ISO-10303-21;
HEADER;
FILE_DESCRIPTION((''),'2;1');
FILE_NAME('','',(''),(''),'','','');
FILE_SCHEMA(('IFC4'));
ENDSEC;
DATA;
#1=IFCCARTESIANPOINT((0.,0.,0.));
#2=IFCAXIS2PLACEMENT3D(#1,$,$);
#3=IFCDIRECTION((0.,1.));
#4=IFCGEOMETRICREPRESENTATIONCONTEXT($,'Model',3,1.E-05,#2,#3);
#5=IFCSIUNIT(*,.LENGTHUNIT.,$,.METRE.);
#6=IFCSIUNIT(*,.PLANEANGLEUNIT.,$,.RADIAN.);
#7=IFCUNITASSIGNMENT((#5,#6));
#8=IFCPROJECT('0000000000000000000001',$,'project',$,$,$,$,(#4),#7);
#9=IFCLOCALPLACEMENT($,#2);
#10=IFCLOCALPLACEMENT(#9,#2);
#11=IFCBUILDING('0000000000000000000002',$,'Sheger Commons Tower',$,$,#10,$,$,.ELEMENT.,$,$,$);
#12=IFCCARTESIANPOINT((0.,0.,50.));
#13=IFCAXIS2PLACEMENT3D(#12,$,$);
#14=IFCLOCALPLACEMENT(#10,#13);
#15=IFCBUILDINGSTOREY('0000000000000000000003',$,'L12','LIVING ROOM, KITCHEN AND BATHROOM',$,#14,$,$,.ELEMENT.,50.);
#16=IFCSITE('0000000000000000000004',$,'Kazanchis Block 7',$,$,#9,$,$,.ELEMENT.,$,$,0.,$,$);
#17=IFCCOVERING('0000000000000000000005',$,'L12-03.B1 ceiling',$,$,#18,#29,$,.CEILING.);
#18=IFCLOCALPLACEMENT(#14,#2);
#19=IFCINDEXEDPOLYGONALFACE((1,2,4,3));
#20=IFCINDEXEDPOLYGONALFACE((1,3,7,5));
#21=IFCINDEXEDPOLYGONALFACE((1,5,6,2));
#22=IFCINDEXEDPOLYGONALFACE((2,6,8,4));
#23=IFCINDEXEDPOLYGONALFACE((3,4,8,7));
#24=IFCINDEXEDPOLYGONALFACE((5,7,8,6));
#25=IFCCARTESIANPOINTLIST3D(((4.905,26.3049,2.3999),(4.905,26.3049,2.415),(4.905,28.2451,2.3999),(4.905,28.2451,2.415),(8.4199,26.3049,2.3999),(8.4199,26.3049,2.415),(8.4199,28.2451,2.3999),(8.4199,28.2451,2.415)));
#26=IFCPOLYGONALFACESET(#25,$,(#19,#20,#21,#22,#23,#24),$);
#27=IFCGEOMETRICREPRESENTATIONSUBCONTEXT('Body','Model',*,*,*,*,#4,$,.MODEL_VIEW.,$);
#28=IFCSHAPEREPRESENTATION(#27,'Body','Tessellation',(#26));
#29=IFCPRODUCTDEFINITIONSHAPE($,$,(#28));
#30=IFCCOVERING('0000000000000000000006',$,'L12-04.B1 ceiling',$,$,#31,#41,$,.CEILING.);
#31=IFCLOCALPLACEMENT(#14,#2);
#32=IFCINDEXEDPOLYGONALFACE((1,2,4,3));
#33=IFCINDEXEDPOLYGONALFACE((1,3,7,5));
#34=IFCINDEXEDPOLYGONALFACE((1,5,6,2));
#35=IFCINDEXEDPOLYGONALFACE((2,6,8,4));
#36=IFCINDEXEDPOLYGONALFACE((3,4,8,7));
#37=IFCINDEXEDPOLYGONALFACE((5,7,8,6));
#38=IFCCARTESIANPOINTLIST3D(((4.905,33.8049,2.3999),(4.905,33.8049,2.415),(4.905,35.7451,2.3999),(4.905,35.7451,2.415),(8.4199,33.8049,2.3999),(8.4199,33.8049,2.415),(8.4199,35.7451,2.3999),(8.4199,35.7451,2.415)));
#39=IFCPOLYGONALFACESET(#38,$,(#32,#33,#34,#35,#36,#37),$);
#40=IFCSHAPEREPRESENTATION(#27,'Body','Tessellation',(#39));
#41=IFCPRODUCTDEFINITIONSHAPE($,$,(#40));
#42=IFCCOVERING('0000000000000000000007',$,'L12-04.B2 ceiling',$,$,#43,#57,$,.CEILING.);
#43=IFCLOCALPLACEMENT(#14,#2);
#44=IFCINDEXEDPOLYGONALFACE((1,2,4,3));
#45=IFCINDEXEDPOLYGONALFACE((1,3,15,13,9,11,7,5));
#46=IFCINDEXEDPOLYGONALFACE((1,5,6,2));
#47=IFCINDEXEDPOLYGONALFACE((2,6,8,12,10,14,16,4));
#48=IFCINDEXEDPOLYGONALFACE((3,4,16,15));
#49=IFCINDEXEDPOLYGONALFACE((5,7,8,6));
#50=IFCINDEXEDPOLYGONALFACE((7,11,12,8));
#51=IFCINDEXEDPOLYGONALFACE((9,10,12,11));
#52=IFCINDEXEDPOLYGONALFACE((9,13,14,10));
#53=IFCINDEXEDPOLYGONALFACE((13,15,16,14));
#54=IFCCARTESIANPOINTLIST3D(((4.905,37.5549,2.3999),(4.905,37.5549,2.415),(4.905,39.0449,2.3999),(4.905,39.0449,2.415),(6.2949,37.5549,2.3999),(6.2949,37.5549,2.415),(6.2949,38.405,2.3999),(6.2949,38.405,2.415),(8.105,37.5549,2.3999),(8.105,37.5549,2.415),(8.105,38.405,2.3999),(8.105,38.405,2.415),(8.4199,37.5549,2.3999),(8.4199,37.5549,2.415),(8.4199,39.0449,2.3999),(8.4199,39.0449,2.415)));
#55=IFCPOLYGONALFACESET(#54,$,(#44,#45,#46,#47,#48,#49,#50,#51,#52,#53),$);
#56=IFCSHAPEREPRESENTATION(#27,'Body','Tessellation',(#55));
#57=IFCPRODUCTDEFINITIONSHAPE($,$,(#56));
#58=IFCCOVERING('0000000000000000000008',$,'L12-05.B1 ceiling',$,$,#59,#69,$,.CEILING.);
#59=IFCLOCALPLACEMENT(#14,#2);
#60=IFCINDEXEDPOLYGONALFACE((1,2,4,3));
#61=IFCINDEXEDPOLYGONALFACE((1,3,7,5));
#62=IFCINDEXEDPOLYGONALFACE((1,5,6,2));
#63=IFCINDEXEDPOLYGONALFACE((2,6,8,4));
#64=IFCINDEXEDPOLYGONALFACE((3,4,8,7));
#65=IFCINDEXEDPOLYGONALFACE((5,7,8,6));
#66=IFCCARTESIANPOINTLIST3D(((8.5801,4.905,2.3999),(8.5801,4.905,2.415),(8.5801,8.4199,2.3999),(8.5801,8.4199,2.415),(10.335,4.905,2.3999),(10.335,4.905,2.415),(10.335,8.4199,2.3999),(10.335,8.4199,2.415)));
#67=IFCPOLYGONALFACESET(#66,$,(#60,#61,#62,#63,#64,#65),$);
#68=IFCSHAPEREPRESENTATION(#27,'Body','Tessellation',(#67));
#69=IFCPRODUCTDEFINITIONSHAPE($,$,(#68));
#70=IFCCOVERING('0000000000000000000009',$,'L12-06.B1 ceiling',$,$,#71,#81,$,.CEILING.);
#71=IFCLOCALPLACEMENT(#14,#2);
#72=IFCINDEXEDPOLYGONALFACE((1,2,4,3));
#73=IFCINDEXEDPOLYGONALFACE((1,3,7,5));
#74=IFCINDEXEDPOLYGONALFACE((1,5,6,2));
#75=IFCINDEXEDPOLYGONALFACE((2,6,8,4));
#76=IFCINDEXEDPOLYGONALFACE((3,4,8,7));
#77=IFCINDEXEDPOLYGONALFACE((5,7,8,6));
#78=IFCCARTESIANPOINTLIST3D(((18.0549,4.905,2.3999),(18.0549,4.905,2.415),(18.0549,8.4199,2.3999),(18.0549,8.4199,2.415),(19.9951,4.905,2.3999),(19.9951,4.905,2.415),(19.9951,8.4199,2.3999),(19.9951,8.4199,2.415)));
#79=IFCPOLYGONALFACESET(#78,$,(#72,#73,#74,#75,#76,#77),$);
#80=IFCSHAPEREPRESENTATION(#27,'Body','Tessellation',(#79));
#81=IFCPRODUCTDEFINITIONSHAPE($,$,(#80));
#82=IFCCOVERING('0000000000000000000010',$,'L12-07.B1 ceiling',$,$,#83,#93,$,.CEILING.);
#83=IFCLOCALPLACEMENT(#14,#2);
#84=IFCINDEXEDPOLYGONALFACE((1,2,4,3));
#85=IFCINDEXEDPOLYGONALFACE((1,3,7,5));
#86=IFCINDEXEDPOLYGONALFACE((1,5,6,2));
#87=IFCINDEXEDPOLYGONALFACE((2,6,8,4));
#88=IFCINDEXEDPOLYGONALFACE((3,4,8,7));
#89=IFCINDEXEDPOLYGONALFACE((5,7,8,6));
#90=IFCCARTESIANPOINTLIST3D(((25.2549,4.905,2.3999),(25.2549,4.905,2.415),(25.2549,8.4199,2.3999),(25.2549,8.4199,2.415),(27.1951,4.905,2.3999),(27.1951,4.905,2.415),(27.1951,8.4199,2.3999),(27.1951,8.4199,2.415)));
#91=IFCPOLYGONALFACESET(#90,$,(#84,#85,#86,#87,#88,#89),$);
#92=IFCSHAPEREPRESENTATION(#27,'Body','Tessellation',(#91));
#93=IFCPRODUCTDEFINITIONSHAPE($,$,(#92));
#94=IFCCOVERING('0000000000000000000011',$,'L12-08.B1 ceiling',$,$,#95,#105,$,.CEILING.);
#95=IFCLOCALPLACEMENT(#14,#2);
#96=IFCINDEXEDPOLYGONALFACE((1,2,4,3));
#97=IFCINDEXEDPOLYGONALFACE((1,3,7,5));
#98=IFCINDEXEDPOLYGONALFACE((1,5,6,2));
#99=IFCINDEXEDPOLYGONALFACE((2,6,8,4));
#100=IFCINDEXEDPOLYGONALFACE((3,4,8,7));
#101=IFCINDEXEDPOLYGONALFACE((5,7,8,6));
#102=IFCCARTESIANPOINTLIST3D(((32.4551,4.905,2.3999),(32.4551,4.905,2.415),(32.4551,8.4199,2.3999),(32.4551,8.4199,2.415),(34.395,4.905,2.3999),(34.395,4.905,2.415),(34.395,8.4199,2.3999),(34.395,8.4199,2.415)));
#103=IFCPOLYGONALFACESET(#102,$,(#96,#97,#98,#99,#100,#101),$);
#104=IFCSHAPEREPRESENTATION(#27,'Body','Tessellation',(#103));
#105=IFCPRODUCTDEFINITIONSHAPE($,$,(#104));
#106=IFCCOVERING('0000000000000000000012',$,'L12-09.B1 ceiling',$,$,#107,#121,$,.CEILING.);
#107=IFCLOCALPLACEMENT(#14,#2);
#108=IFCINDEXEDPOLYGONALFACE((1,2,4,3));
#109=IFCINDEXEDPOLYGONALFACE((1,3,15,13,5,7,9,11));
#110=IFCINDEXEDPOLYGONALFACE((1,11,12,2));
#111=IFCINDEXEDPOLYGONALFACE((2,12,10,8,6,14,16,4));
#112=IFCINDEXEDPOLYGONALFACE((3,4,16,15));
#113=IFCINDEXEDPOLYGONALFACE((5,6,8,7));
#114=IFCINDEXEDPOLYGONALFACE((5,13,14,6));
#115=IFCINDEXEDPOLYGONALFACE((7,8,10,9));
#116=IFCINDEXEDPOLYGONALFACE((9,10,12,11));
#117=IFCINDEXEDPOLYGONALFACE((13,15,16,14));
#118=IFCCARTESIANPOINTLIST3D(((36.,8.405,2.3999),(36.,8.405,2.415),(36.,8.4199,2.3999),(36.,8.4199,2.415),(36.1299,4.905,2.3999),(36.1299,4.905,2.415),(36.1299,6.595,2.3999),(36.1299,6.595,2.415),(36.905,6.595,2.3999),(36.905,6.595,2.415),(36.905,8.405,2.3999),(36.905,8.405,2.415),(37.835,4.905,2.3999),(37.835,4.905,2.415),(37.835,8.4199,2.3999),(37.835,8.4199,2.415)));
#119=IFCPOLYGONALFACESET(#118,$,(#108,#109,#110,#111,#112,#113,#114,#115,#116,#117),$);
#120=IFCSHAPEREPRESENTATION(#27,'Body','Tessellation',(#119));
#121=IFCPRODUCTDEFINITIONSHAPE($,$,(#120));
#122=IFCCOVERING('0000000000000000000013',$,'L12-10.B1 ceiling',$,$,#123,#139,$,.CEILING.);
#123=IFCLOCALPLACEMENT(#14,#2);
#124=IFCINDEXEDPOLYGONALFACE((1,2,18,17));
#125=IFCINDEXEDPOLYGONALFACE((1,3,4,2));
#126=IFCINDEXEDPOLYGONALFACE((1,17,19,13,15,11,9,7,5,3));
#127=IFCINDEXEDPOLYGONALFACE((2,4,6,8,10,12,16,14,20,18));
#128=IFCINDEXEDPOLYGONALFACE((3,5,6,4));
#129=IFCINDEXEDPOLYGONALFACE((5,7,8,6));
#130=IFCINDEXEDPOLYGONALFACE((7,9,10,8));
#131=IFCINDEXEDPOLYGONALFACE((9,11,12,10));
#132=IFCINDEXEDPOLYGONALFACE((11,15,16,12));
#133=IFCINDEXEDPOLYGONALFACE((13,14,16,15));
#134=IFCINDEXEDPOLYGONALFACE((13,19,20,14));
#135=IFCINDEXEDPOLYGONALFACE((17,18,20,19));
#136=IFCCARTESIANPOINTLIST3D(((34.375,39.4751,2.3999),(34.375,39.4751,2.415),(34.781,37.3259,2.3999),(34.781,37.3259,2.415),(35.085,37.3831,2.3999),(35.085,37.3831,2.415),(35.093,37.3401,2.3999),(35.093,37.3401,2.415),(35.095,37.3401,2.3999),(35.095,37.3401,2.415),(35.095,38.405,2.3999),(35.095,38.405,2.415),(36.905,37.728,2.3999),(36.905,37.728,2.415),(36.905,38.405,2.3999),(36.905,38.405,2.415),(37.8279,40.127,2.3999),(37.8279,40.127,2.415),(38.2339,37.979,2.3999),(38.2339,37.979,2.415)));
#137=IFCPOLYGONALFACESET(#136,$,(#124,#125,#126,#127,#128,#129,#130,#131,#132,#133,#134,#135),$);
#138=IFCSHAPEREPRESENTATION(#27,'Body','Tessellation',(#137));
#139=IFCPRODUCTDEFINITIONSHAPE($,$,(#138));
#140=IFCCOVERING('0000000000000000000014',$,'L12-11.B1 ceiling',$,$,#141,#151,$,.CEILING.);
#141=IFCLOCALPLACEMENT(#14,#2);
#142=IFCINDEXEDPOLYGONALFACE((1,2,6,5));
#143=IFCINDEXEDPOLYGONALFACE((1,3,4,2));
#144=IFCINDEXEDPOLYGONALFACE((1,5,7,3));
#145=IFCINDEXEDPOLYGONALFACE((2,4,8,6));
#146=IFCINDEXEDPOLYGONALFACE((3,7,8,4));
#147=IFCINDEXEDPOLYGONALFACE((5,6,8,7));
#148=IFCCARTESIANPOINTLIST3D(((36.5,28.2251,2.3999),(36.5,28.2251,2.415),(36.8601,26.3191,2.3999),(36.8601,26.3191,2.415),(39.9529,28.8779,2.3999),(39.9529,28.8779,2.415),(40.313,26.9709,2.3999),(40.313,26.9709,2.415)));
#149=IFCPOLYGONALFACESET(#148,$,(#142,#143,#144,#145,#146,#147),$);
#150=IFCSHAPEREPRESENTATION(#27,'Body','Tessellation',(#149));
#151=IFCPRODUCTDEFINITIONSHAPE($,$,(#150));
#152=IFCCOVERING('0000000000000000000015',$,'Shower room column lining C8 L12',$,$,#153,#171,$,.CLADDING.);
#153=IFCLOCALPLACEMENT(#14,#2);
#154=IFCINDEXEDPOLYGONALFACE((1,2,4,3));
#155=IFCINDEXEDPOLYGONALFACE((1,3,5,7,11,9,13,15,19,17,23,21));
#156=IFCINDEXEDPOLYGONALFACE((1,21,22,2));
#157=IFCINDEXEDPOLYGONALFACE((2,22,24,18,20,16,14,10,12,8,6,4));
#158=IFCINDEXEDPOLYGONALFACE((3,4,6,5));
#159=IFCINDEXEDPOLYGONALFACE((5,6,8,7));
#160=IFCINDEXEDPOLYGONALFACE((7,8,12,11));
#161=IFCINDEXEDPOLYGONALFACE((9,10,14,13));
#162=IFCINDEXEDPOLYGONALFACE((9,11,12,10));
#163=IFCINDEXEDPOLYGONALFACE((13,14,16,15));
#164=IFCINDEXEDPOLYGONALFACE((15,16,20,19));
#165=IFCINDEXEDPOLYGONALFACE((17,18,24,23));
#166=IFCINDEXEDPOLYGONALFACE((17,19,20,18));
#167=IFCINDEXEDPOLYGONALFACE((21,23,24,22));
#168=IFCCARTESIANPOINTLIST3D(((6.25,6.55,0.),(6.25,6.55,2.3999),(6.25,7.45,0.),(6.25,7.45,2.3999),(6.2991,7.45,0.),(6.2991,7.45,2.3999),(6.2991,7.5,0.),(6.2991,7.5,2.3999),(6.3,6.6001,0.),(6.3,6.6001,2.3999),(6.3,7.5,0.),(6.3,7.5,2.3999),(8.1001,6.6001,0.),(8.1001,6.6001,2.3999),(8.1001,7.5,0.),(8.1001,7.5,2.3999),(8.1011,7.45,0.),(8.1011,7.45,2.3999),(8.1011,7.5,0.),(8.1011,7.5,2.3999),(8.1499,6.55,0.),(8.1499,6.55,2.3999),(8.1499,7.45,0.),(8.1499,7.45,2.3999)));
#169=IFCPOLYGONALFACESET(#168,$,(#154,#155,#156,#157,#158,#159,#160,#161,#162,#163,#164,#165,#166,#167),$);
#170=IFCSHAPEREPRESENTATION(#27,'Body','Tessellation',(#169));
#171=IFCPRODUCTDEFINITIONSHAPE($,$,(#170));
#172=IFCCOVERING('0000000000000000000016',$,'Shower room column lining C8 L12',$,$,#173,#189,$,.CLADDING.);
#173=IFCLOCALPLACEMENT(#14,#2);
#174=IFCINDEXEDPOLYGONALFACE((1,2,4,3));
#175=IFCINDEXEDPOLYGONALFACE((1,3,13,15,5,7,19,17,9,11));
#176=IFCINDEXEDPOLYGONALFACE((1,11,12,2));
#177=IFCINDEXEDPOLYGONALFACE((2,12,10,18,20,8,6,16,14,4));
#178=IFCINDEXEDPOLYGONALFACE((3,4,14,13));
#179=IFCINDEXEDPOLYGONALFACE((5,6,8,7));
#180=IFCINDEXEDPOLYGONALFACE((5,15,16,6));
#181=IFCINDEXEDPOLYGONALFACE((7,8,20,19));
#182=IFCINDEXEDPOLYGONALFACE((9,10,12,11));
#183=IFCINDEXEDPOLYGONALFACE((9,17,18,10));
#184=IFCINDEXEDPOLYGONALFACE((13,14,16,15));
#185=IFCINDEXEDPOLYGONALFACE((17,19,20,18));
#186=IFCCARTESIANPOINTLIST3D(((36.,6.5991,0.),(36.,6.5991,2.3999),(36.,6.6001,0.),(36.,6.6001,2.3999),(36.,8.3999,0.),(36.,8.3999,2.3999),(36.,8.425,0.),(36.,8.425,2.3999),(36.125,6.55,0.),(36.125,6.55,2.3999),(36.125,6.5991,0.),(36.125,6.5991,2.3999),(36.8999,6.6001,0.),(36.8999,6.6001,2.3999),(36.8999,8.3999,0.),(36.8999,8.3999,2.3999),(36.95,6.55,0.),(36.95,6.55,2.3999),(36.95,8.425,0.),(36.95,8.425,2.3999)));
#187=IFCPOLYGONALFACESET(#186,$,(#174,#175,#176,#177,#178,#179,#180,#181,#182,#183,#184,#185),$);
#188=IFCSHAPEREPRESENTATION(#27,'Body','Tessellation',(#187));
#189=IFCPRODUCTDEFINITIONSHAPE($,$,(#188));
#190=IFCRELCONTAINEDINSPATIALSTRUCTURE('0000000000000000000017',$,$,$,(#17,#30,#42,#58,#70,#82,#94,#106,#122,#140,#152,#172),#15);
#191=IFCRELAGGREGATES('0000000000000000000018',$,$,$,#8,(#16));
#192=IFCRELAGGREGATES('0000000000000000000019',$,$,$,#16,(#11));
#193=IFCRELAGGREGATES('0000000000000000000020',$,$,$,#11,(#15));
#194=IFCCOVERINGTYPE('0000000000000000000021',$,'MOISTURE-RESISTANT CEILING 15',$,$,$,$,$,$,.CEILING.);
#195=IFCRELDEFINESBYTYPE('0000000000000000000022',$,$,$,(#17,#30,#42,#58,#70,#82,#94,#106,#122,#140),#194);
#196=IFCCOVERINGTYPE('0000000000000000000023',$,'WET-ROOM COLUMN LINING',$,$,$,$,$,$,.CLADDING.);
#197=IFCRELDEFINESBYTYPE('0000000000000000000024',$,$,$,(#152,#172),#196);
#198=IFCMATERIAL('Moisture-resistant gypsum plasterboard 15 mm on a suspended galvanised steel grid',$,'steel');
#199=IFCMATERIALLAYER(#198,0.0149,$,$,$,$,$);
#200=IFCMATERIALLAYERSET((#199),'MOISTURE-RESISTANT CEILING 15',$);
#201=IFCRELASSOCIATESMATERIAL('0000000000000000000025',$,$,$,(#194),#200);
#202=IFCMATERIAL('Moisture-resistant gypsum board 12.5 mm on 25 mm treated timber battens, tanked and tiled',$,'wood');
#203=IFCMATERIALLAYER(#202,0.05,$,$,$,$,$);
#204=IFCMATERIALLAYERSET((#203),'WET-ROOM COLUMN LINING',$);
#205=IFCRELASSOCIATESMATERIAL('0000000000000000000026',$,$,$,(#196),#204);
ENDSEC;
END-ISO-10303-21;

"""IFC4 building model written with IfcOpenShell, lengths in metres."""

from ifc_helpers import new_model, si_unit, direction, frame, origin, place, context, subcontext, project, spatial, polyline, outline, extrude, material, layer, layer_set, type_object, element, save


model = new_model("IFC4")

# Units and contexts
model_context = context("Model", 3, precision=1e-05, world=origin(), true_north=direction((0.0, 1.0)))
body_context = subcontext(model_context, "Body", "Model", "MODEL_VIEW")
ifc_project = project(units=[si_unit("LENGTHUNIT", "METRE"), si_unit("PLANEANGLEUNIT", "RADIAN")], contexts=[model_context])

# Site, building, storey
site_placement = place(None, origin())
site = spatial("IfcSite", under=ifc_project, at=site_placement, Name="Kazanchis Block 7", CompositionType="ELEMENT", RefElevation=0.0)
building_placement = place(site_placement, origin())
building = spatial("IfcBuilding", under=site, at=building_placement, Name="Sheger Commons Tower", CompositionType="ELEMENT")
storey_placement = place(building_placement, frame((0.0, 0.0, 50.0)))
storey = spatial("IfcBuildingStorey", under=building, at=storey_placement, Name="L12", Description="LIVING ROOM, KITCHEN AND BATHROOM", CompositionType="ELEMENT", Elevation=50.0)

# Coverings
ifc_material_1 = material(Name="Moisture-resistant gypsum plasterboard 15 mm on a suspended galvanised steel grid", Category="steel")
ifc_layer_1 = layer(ifc_material_1, 0.0149)
ifc_layer_set_1 = layer_set([ifc_layer_1], Name="MOISTURE-RESISTANT CEILING 15")
covering_type_1 = type_object("IfcCoveringType", Name="MOISTURE-RESISTANT CEILING 15", PredefinedType="CEILING", material=ifc_layer_set_1)
covering_1_placement = place(storey_placement, frame((0.0, 0.0, 2.3999)))
element("IfcCovering", 1, at=covering_1_placement, inside=storey, type_object=covering_type_1, Name="L12-03.B1 ceiling", PredefinedType="CEILING", context=body_context, shape_type="SweptSolid", body=[
    extrude(outline(polyline([(4.905, 26.3049), (8.4199, 26.3049), (8.4199, 28.2451), (4.905, 28.2451), (4.905, 26.3049)])), origin(), (0.0, 0.0, 1.0), 0.0151),
])
covering_2_placement = place(storey_placement, frame((0.0, 0.0, 2.3999)))
element("IfcCovering", 2, at=covering_2_placement, inside=storey, type_object=covering_type_1, Name="L12-04.B1 ceiling", PredefinedType="CEILING", context=body_context, shape_type="SweptSolid", body=[
    extrude(outline(polyline([(4.905, 33.8049), (8.4199, 33.8049), (8.4199, 35.7451), (4.905, 35.7451), (4.905, 33.8049)])), origin(), (0.0, 0.0, 1.0), 0.0151),
])
covering_3_placement = place(storey_placement, frame((0.0, 0.0, 2.3999)))
element("IfcCovering", 3, at=covering_3_placement, inside=storey, type_object=covering_type_1, Name="L12-04.B2 ceiling", PredefinedType="CEILING", context=body_context, shape_type="SweptSolid", body=[
    extrude(outline(polyline([(4.905, 37.5549), (6.2949, 37.5549), (6.2949, 38.405), (8.105, 38.405), (8.105, 37.5549), (8.4199, 37.5549), (8.4199, 39.0449), (4.905, 39.0449), (4.905, 37.5549)])), origin(), (0.0, 0.0, 1.0), 0.0151),
])
covering_4_placement = place(storey_placement, frame((0.0, 0.0, 2.3999)))
element("IfcCovering", 4, at=covering_4_placement, inside=storey, type_object=covering_type_1, Name="L12-05.B1 ceiling", PredefinedType="CEILING", context=body_context, shape_type="SweptSolid", body=[
    extrude(outline(polyline([(8.5801, 4.905), (10.335, 4.905), (10.335, 8.4199), (8.5801, 8.4199), (8.5801, 4.905)])), origin(), (0.0, 0.0, 1.0), 0.0151),
])
covering_5_placement = place(storey_placement, frame((0.0, 0.0, 2.3999)))
element("IfcCovering", 5, at=covering_5_placement, inside=storey, type_object=covering_type_1, Name="L12-06.B1 ceiling", PredefinedType="CEILING", context=body_context, shape_type="SweptSolid", body=[
    extrude(outline(polyline([(18.0549, 4.905), (19.9951, 4.905), (19.9951, 8.4199), (18.0549, 8.4199), (18.0549, 4.905)])), origin(), (0.0, 0.0, 1.0), 0.0151),
])
covering_6_placement = place(storey_placement, frame((0.0, 0.0, 2.3999)))
element("IfcCovering", 6, at=covering_6_placement, inside=storey, type_object=covering_type_1, Name="L12-07.B1 ceiling", PredefinedType="CEILING", context=body_context, shape_type="SweptSolid", body=[
    extrude(outline(polyline([(25.2549, 4.905), (27.1951, 4.905), (27.1951, 8.4199), (25.2549, 8.4199), (25.2549, 4.905)])), origin(), (0.0, 0.0, 1.0), 0.0151),
])
covering_7_placement = place(storey_placement, frame((0.0, 0.0, 2.3999)))
element("IfcCovering", 7, at=covering_7_placement, inside=storey, type_object=covering_type_1, Name="L12-08.B1 ceiling", PredefinedType="CEILING", context=body_context, shape_type="SweptSolid", body=[
    extrude(outline(polyline([(32.4551, 4.905), (34.395, 4.905), (34.395, 8.4199), (32.4551, 8.4199), (32.4551, 4.905)])), origin(), (0.0, 0.0, 1.0), 0.0151),
])
covering_8_placement = place(storey_placement, frame((0.0, 0.0, 2.3999)))
element("IfcCovering", 8, at=covering_8_placement, inside=storey, type_object=covering_type_1, Name="L12-09.B1 ceiling", PredefinedType="CEILING", context=body_context, shape_type="SweptSolid", body=[
    extrude(outline(polyline([(36.1299, 4.905), (37.835, 4.905), (37.835, 8.4199), (36.0, 8.4199), (36.0, 8.405), (36.905, 8.405), (36.905, 6.595), (36.1299, 6.595), (36.1299, 4.905)])), origin(), (0.0, 0.0, 1.0), 0.0151),
])
covering_9_placement = place(storey_placement, frame((0.0, 0.0, 2.3999)))
element("IfcCovering", 9, at=covering_9_placement, inside=storey, type_object=covering_type_1, Name="L12-10.B1 ceiling", PredefinedType="CEILING", context=body_context, shape_type="SweptSolid", body=[
    extrude(outline(polyline([(34.781, 37.3259), (35.085, 37.3831), (35.093, 37.3401), (35.095, 37.3401), (35.095, 38.405), (36.905, 38.405), (36.905, 37.728), (38.2339, 37.979), (37.8279, 40.127), (34.375, 39.4751), (34.781, 37.3259)])), origin(), (0.0, 0.0, 1.0), 0.0151),
])
covering_10_placement = place(storey_placement, frame((0.0, 0.0, 2.3999)))
element("IfcCovering", 10, at=covering_10_placement, inside=storey, type_object=covering_type_1, Name="L12-11.B1 ceiling", PredefinedType="CEILING", context=body_context, shape_type="SweptSolid", body=[
    extrude(outline(polyline([(36.8601, 26.3191), (40.313, 26.9709), (39.9529, 28.8779), (36.5, 28.2251), (36.8601, 26.3191)])), origin(), (0.0, 0.0, 1.0), 0.0151),
])
ifc_material_2 = material(Name="Moisture-resistant gypsum board 12.5 mm on 25 mm treated timber battens, tanked and tiled", Category="wood")
ifc_layer_2 = layer(ifc_material_2, 0.05)
ifc_layer_set_2 = layer_set([ifc_layer_2], Name="WET-ROOM COLUMN LINING")
covering_type_2 = type_object("IfcCoveringType", Name="WET-ROOM COLUMN LINING", PredefinedType="CLADDING", material=ifc_layer_set_2)
covering_11_placement = place(storey_placement, origin())
element("IfcCovering", 11, at=covering_11_placement, inside=storey, type_object=covering_type_2, Name="Shower room column lining C8 L12", PredefinedType="CLADDING", context=body_context, shape_type="SweptSolid", body=[
    extrude(outline(polyline([(6.3, 7.5), (6.3, 6.6001), (8.1001, 6.6001), (8.1001, 7.5), (8.1011, 7.5), (8.1011, 7.45), (8.1499, 7.45), (8.1499, 6.55), (6.25, 6.55), (6.25, 7.45), (6.2991, 7.45), (6.2991, 7.5), (6.3, 7.5)])), origin(), (0.0, 0.0, 1.0), 2.3999),
])
covering_12_placement = place(storey_placement, origin())
element("IfcCovering", 12, at=covering_12_placement, inside=storey, type_object=covering_type_2, Name="Shower room column lining C8 L12", PredefinedType="CLADDING", context=body_context, shape_type="SweptSolid", body=[
    extrude(outline(polyline([(36.95, 6.55), (36.125, 6.55), (36.125, 6.5991), (36.0, 6.5991), (36.0, 6.6001), (36.8999, 6.6001), (36.8999, 8.3999), (36.0, 8.3999), (36.0, 8.425), (36.95, 8.425), (36.95, 6.55)])), origin(), (0.0, 0.0, 1.0), 2.3999),
])

save(model, "model.ifc")
